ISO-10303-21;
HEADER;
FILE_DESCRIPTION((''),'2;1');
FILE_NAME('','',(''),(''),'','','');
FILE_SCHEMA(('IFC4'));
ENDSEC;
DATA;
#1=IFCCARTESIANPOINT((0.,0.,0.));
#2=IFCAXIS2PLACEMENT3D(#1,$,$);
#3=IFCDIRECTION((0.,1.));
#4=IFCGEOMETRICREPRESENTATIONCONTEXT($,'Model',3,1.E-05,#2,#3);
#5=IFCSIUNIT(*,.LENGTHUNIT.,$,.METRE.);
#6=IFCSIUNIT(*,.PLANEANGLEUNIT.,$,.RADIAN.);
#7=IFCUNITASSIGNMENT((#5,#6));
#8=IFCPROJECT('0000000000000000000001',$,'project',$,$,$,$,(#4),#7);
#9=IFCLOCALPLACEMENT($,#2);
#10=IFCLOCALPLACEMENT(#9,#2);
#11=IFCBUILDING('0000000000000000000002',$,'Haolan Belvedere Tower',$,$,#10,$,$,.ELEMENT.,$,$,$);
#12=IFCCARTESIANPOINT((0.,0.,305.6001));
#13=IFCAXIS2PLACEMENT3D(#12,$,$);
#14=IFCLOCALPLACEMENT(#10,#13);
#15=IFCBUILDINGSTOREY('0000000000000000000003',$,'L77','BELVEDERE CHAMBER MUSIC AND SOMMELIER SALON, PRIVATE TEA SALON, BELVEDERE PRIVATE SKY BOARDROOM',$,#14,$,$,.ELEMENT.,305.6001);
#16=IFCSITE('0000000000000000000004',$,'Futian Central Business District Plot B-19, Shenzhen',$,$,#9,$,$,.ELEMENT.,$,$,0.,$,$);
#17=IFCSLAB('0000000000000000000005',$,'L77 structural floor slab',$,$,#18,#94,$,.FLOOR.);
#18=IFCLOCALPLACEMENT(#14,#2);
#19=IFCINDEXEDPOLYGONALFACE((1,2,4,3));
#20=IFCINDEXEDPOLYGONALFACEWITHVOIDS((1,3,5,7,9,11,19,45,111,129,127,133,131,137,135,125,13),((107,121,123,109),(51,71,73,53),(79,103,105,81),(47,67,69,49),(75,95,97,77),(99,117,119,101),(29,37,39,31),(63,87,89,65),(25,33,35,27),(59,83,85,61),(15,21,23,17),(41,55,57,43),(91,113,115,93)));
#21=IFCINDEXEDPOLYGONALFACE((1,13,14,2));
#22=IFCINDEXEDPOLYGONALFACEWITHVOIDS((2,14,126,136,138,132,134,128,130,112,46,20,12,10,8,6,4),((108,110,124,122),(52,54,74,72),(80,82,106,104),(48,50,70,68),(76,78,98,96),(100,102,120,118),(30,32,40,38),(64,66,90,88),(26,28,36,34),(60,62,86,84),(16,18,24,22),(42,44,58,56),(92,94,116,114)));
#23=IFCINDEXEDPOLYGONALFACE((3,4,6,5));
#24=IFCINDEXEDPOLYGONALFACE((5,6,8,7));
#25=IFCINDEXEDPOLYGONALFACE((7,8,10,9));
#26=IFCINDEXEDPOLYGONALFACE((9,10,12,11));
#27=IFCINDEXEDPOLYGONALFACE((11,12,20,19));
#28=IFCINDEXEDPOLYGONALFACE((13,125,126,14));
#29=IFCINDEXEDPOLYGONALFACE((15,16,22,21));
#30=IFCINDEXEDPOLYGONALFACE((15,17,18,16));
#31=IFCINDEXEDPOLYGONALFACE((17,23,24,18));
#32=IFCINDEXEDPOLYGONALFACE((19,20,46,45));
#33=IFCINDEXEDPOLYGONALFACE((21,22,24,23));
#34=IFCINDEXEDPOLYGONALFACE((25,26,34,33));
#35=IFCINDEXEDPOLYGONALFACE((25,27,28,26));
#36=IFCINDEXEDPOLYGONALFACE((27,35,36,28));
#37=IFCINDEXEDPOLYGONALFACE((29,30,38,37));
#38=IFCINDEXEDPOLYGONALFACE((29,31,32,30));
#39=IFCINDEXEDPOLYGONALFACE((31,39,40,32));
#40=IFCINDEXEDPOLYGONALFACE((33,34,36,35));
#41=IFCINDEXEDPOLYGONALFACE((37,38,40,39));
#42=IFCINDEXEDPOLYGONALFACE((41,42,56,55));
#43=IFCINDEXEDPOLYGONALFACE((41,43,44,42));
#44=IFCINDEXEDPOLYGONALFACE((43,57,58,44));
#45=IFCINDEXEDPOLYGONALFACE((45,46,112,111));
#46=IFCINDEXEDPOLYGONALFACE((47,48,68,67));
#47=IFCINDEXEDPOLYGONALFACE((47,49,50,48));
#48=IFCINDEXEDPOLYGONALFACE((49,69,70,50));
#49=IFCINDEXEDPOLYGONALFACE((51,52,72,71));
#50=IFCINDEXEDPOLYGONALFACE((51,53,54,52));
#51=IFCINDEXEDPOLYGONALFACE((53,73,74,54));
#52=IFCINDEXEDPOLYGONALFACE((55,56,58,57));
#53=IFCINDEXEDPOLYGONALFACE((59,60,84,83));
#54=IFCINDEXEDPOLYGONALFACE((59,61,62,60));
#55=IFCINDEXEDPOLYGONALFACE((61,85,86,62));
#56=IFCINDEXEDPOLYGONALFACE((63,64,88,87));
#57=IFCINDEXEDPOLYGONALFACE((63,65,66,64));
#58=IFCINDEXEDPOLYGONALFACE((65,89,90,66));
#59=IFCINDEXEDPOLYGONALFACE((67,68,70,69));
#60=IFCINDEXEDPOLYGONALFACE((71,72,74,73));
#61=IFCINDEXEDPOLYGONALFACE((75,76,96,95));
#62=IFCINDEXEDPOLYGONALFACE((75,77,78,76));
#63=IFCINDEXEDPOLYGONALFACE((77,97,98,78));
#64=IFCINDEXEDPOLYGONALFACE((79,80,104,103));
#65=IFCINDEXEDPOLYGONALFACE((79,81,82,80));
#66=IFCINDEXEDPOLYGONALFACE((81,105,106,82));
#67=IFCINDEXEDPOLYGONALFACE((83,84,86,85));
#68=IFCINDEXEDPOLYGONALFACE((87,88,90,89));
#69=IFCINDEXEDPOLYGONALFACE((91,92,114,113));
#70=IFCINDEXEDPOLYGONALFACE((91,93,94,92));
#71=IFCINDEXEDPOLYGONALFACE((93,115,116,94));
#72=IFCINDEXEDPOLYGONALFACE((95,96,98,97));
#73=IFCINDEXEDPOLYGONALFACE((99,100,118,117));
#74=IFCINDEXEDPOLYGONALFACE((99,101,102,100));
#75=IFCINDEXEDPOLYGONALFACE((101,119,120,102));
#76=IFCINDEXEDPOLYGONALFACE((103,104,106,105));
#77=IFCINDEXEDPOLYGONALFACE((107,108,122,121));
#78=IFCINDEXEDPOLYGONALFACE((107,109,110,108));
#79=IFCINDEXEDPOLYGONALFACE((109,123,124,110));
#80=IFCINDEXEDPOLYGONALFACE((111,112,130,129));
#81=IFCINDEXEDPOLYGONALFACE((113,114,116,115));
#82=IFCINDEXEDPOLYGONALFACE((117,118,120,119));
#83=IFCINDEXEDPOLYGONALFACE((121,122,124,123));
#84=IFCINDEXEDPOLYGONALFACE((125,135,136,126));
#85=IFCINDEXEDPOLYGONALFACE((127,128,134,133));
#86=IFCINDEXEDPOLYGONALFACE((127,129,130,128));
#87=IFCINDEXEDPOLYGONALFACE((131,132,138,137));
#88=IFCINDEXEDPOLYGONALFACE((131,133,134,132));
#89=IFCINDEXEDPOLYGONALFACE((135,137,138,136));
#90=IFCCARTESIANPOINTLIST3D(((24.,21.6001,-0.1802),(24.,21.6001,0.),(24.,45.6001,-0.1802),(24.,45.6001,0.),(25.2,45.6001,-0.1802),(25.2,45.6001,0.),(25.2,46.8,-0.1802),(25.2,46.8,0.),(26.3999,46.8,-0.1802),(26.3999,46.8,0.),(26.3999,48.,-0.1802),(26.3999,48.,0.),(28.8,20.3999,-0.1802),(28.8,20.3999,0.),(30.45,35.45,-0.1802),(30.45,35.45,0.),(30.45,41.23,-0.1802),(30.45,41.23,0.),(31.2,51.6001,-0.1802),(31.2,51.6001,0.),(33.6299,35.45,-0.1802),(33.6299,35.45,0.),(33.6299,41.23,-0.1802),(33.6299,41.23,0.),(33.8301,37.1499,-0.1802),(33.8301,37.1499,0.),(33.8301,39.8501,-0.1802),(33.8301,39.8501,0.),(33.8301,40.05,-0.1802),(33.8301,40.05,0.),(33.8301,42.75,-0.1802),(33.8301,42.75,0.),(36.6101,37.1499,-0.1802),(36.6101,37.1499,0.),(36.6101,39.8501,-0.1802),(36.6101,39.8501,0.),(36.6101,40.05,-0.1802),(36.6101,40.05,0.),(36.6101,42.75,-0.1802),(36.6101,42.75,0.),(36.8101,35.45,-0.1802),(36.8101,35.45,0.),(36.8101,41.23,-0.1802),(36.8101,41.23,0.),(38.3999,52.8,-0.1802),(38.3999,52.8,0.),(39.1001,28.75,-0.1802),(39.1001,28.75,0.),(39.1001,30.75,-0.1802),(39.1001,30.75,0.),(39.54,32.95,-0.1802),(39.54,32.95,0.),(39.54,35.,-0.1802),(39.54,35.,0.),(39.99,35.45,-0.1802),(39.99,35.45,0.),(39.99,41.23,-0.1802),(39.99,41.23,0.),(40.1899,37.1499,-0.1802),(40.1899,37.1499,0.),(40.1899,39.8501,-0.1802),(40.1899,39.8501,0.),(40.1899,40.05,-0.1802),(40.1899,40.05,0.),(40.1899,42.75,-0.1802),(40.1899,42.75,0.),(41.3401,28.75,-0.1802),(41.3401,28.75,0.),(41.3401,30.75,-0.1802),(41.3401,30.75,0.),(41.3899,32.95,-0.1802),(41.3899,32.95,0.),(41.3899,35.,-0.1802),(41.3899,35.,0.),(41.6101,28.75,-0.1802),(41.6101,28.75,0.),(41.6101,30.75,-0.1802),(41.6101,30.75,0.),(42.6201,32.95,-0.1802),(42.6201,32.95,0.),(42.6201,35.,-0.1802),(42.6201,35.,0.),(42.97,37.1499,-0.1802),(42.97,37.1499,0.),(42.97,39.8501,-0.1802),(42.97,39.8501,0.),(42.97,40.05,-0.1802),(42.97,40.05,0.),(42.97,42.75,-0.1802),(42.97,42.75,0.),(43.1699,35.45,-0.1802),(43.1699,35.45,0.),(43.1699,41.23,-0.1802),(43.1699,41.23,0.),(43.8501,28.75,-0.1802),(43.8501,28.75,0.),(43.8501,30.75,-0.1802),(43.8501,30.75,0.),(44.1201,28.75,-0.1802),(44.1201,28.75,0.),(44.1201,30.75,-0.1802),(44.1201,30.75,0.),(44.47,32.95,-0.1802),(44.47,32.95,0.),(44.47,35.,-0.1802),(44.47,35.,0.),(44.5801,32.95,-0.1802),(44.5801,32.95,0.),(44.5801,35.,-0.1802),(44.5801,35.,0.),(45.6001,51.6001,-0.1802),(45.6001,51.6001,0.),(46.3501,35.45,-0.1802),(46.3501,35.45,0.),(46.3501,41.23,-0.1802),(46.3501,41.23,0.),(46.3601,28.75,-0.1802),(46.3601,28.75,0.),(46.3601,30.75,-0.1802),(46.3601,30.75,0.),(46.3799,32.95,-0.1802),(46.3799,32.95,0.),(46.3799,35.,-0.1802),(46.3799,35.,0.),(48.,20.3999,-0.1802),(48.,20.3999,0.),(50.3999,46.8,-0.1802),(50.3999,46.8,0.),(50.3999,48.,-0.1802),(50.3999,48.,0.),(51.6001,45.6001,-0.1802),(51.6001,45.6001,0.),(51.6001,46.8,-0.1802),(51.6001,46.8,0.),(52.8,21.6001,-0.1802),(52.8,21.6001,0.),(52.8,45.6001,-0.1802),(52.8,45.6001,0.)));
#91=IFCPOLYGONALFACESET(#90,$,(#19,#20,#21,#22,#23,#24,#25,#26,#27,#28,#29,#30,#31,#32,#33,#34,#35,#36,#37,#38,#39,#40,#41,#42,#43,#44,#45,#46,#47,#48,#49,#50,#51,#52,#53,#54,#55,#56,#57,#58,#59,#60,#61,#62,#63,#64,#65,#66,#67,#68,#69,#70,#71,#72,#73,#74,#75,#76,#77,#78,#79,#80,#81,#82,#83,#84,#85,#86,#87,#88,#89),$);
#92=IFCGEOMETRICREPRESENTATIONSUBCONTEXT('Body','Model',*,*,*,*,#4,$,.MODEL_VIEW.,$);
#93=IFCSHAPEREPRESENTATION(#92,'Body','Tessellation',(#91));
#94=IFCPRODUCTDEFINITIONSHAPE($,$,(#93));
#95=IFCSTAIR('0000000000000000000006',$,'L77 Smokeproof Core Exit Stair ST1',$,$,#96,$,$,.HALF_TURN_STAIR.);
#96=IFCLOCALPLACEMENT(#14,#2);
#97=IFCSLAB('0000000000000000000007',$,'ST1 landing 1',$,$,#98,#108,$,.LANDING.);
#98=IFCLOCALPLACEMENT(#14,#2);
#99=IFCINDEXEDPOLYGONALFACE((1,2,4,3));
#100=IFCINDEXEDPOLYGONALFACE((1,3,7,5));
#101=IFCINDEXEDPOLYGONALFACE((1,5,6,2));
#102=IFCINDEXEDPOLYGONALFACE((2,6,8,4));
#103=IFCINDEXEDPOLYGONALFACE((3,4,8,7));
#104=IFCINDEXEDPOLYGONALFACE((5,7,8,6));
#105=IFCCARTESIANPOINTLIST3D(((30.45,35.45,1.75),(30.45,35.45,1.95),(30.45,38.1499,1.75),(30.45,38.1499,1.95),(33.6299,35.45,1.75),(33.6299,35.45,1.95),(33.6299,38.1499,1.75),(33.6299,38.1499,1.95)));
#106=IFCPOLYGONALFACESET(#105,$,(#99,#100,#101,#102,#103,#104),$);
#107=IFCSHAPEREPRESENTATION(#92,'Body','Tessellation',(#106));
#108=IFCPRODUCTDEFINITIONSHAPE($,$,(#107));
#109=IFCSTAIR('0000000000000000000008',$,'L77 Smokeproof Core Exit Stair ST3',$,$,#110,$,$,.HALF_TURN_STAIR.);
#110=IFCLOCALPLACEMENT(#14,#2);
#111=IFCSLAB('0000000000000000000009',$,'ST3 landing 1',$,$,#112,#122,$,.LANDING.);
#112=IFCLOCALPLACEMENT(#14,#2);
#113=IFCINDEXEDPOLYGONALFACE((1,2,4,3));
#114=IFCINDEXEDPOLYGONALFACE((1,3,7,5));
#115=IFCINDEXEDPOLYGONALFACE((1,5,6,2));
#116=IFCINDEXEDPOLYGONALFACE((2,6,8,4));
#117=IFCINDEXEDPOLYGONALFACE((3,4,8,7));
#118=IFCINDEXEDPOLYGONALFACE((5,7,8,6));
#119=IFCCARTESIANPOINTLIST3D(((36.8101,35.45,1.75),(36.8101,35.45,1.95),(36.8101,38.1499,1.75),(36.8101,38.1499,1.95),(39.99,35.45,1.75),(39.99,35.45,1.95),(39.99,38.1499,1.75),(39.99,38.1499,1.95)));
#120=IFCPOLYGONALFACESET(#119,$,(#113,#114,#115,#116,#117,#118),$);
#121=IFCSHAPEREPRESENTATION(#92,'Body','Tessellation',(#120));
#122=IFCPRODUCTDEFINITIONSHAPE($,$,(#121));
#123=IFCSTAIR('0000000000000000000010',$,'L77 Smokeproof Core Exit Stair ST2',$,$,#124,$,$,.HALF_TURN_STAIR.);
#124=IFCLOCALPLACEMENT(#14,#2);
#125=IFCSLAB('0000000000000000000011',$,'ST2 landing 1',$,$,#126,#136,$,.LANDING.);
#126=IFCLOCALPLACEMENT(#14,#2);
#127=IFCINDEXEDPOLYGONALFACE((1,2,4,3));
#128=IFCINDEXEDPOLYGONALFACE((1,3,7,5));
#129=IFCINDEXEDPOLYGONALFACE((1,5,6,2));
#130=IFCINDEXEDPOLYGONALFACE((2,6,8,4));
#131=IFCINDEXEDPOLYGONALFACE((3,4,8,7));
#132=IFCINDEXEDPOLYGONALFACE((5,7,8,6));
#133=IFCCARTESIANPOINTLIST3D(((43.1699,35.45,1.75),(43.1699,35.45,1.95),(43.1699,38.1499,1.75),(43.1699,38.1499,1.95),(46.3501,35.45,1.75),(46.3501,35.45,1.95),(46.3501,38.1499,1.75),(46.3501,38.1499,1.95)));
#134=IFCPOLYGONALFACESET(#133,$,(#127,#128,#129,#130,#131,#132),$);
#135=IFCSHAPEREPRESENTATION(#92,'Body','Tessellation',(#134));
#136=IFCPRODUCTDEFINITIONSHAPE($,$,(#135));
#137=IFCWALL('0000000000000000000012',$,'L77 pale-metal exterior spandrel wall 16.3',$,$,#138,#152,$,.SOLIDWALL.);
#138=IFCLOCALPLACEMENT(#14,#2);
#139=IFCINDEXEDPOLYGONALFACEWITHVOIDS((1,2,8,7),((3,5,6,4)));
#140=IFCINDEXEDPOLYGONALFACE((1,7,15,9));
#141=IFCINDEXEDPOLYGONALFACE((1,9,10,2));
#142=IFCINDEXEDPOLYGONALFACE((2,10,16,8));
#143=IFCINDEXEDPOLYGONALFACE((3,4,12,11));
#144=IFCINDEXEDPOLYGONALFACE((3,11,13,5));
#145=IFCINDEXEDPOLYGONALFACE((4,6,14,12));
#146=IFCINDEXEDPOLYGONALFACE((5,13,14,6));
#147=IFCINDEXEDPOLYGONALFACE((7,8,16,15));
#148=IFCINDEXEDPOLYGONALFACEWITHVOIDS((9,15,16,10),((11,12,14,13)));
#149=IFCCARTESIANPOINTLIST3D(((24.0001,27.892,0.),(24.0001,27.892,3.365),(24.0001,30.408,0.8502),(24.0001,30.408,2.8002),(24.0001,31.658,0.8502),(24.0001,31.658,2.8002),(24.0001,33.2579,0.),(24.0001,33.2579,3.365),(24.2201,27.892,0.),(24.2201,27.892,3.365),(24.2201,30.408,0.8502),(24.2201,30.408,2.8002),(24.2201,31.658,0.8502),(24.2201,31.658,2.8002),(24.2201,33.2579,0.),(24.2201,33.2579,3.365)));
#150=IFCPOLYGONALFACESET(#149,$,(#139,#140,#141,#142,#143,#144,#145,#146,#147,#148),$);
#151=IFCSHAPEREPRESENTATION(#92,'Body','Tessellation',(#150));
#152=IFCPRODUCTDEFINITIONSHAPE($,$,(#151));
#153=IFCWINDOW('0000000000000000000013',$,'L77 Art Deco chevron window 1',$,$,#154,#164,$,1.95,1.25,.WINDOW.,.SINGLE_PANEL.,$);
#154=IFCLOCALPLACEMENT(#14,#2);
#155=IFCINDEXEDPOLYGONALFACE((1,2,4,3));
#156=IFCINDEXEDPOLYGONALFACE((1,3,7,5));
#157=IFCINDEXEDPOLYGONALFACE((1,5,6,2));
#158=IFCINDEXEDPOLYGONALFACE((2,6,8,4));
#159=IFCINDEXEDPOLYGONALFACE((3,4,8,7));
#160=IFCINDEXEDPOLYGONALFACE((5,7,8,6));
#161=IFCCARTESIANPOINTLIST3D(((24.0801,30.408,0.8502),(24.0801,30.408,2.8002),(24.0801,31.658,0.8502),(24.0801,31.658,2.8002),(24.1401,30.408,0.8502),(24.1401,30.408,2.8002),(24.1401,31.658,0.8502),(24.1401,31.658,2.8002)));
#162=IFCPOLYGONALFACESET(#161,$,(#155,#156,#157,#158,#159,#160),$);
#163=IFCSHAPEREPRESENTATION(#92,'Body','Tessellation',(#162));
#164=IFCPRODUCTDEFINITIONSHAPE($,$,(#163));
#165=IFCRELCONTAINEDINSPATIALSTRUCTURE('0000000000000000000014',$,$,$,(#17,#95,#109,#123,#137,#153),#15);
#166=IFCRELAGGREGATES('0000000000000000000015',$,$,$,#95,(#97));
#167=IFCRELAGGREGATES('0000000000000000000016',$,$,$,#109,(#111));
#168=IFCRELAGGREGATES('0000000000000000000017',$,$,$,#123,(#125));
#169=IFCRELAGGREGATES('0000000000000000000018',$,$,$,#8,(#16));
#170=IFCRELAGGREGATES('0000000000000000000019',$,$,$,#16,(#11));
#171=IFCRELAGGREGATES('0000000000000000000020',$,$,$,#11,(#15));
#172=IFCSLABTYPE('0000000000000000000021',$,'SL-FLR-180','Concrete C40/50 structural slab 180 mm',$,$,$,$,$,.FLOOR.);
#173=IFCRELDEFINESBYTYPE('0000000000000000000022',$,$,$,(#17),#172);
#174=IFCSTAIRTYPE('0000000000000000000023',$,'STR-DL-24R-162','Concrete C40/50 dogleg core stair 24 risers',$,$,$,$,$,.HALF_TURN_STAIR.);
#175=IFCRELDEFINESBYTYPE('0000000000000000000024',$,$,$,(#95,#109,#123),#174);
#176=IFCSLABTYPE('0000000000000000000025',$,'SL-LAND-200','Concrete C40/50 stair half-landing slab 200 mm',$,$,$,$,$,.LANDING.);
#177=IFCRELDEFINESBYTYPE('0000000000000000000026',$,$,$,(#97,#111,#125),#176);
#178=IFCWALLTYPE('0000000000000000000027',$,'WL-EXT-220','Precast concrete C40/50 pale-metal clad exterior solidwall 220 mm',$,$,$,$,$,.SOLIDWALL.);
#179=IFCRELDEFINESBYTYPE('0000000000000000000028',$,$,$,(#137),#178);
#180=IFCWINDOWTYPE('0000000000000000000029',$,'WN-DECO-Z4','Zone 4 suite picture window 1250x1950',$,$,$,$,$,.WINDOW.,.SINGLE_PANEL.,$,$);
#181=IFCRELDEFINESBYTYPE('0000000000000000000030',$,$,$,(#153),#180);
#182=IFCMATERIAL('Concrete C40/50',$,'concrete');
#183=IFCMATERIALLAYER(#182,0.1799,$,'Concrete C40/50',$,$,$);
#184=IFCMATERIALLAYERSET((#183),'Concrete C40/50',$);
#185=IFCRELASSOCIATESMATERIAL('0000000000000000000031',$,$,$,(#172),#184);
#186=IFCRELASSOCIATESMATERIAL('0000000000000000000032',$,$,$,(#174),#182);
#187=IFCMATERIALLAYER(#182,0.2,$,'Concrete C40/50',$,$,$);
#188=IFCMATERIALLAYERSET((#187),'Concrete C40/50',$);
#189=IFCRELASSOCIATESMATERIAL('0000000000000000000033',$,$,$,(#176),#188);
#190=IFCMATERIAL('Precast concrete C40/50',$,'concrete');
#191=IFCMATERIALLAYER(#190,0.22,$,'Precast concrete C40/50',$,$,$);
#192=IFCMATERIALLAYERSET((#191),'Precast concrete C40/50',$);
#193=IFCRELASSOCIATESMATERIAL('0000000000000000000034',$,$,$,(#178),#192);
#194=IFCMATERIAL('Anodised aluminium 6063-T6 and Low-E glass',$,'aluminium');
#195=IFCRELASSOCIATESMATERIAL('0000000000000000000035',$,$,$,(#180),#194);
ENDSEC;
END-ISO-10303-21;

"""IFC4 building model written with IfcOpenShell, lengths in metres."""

from ifc_helpers import new_model, si_unit, direction, frame, frame_2d, origin, place, context, subcontext, project, spatial, polyline, rectangle, outline, extrude, material, layer, layer_set, type_object, element, fill, aggregate, save


model = new_model("IFC4")

# Units and contexts
model_context = context("Model", 3, precision=1e-05, world=origin(), true_north=direction((0.0, 1.0)))
body_context = subcontext(model_context, "Body", "Model", "MODEL_VIEW")
ifc_project = project(units=[si_unit("LENGTHUNIT", "METRE"), si_unit("PLANEANGLEUNIT", "RADIAN")], contexts=[model_context])

# Site, building, storey
site_placement = place(None, origin())
site = spatial("IfcSite", under=ifc_project, at=site_placement, Name="Futian Central Business District Plot B-19, Shenzhen", CompositionType="ELEMENT", RefElevation=0.0)
building_placement = place(site_placement, origin())
building = spatial("IfcBuilding", under=site, at=building_placement, Name="Haolan Belvedere Tower", CompositionType="ELEMENT")
storey_placement = place(building_placement, frame((0.0, 0.0, 305.6001)))
storey = spatial("IfcBuildingStorey", under=building, at=storey_placement, Name="L77", Description="BELVEDERE CHAMBER MUSIC AND SOMMELIER SALON, PRIVATE TEA SALON, BELVEDERE PRIVATE SKY BOARDROOM", CompositionType="ELEMENT", Elevation=305.6001)

# Slab
ifc_material_1 = material(Name="Concrete C40/50", Category="concrete")
ifc_layer_1 = layer(ifc_material_1, 0.1799, Name="Concrete C40/50")
ifc_layer_set_1 = layer_set([ifc_layer_1], Name="Concrete C40/50")
slab_type_1 = type_object("IfcSlabType", Name="SL-FLR-180", Description="Concrete C40/50 structural slab 180 mm", PredefinedType="FLOOR", material=ifc_layer_set_1)
slab_1_placement = place(storey_placement, frame((0.0, 0.0, -0.1802)))
element("IfcSlab", 1, at=slab_1_placement, inside=storey, type_object=slab_type_1, Name="L77 structural floor slab", PredefinedType="FLOOR", context=body_context, shape_type="SweptSolid", body=[
    extrude(outline(polyline([(24.0, 21.6001), (28.8, 20.3999), (48.0, 20.3999), (52.8, 21.6001), (52.8, 45.6001), (52.8, 45.6001), (51.6001, 45.6001), (51.6001, 46.8), (50.3999, 46.8), (50.3999, 48.0), (45.6001, 51.6001), (38.3999, 52.8), (31.2, 51.6001), (26.3999, 48.0), (26.3999, 46.8), (25.2, 46.8), (25.2, 45.6001), (24.0, 45.6001), (24.0, 45.6001), (24.0, 21.6001)]), holes=[polyline([(30.45, 41.23), (30.45, 35.45), (33.6299, 35.45), (33.6299, 41.23), (30.45, 41.23)]), polyline([(36.8101, 41.23), (36.8101, 35.45), (39.99, 35.45), (39.99, 41.23), (36.8101, 41.23)]), polyline([(43.1699, 41.23), (43.1699, 35.45), (46.3501, 35.45), (46.3501, 41.23), (43.1699, 41.23)]), polyline([(33.8301, 40.05), (36.6101, 40.05), (36.6101, 42.75), (33.8301, 42.75), (33.8301, 40.05)]), polyline([(33.8301, 37.1499), (36.6101, 37.1499), (36.6101, 39.8501), (33.8301, 39.8501), (33.8301, 37.1499)]), polyline([(40.1899, 40.05), (42.97, 40.05), (42.97, 42.75), (40.1899, 42.75), (40.1899, 40.05)]), polyline([(40.1899, 37.1499), (42.97, 37.1499), (42.97, 39.8501), (40.1899, 39.8501), (40.1899, 37.1499)]), polyline([(39.54, 32.95), (41.3899, 32.95), (41.3899, 35.0), (39.54, 35.0), (39.54, 32.95)]), polyline([(42.6201, 32.95), (44.47, 32.95), (44.47, 35.0), (42.6201, 35.0), (42.6201, 32.95)]), polyline([(44.5801, 32.95), (46.3799, 32.95), (46.3799, 35.0), (44.5801, 35.0), (44.5801, 32.95)]), polyline([(39.1001, 28.75), (41.3401, 28.75), (41.3401, 30.75), (39.1001, 30.75), (39.1001, 28.75)]), polyline([(41.6101, 28.75), (43.8501, 28.75), (43.8501, 30.75), (41.6101, 30.75), (41.6101, 28.75)]), polyline([(44.1201, 28.75), (46.3601, 28.75), (46.3601, 30.75), (44.1201, 30.75), (44.1201, 28.75)])]), origin(), (0.0, 0.0, 1.0), 0.1802),
])

# Stairs, slabs
stair_type = type_object("IfcStairType", Name="STR-DL-24R-162", Description="Concrete C40/50 dogleg core stair 24 risers", PredefinedType="HALF_TURN_STAIR", material=ifc_material_1)
stair_1_placement = place(storey_placement, origin())
stair_1 = element("IfcStair", 2, at=stair_1_placement, inside=storey, type_object=stair_type, Name="L77 Smokeproof Core Exit Stair ST1", PredefinedType="HALF_TURN_STAIR")
ifc_layer_2 = layer(ifc_material_1, 0.2, Name="Concrete C40/50")
ifc_layer_set_2 = layer_set([ifc_layer_2], Name="Concrete C40/50")
slab_type_2 = type_object("IfcSlabType", Name="SL-LAND-200", Description="Concrete C40/50 stair half-landing slab 200 mm", PredefinedType="LANDING", material=ifc_layer_set_2)
slab_2_placement = place(storey_placement, frame((0.0, 0.0, 1.75)))
slab_2 = element("IfcSlab", 3, at=slab_2_placement, type_object=slab_type_2, Name="ST1 landing 1", PredefinedType="LANDING", context=body_context, shape_type="SweptSolid", body=[
    extrude(outline(polyline([(30.45, 38.1499), (30.45, 35.45), (33.6299, 35.45), (33.6299, 38.1499), (30.45, 38.1499)])), origin(), (0.0, 0.0, 1.0), 0.2),
])
aggregate(stair_1, [slab_2])
stair_2_placement = place(storey_placement, origin())
stair_2 = element("IfcStair", 4, at=stair_2_placement, inside=storey, type_object=stair_type, Name="L77 Smokeproof Core Exit Stair ST3", PredefinedType="HALF_TURN_STAIR")
slab_3_placement = place(storey_placement, frame((0.0, 0.0, 1.75)))
slab_3 = element("IfcSlab", 5, at=slab_3_placement, type_object=slab_type_2, Name="ST3 landing 1", PredefinedType="LANDING", context=body_context, shape_type="SweptSolid", body=[
    extrude(outline(polyline([(36.8101, 38.1499), (36.8101, 35.45), (39.99, 35.45), (39.99, 38.1499), (36.8101, 38.1499)])), origin(), (0.0, 0.0, 1.0), 0.2),
])
aggregate(stair_2, [slab_3])
stair_3_placement = place(storey_placement, origin())
stair_3 = element("IfcStair", 6, at=stair_3_placement, inside=storey, type_object=stair_type, Name="L77 Smokeproof Core Exit Stair ST2", PredefinedType="HALF_TURN_STAIR")
slab_4_placement = place(storey_placement, frame((0.0, 0.0, 1.75)))
slab_4 = element("IfcSlab", 7, at=slab_4_placement, type_object=slab_type_2, Name="ST2 landing 1", PredefinedType="LANDING", context=body_context, shape_type="SweptSolid", body=[
    extrude(outline(polyline([(43.1699, 38.1499), (43.1699, 35.45), (46.3501, 35.45), (46.3501, 38.1499), (43.1699, 38.1499)])), origin(), (0.0, 0.0, 1.0), 0.2),
])
aggregate(stair_3, [slab_4])

# Wall, opening, window
ifc_material_2 = material(Name="Precast concrete C40/50", Category="concrete")
ifc_layer_3 = layer(ifc_material_2, 0.22, Name="Precast concrete C40/50")
ifc_layer_set_3 = layer_set([ifc_layer_3], Name="Precast concrete C40/50")
wall_type_1 = type_object("IfcWallType", Name="WL-EXT-220", Description="Precast concrete C40/50 pale-metal clad exterior solidwall 220 mm", PredefinedType="SOLIDWALL", material=ifc_layer_set_3)
wall_1_placement = place(storey_placement, frame((24.1101, 33.2581, 0.0), z_axis=(0.0, 0.0, 1.0), x_axis=(0.0, -1.0, 0.0)))
wall_1 = element("IfcWall", 8, at=wall_1_placement, inside=storey, type_object=wall_type_1, Name="L77 pale-metal exterior spandrel wall 16.3", PredefinedType="SOLIDWALL", context=body_context, shape_type="SweptSolid", body=[
    extrude(rectangle(XDim=5.366, YDim=0.22, at=frame_2d((2.6831, 0.0))), origin(), (0.0, 0.0, 1.0), 3.365),
])
opening_1_placement = place(wall_1_placement, frame((1.6001, 0.0, 0.8501)))
opening_1 = element("IfcOpeningElement", 9, at=opening_1_placement, cuts=wall_1, PredefinedType="OPENING", context=body_context, shape_type="SweptSolid", body=[
    extrude(rectangle(XDim=1.25, YDim=1.95, at=frame_2d((0.625, 0.9751))), frame((0.0, 0.1199, 0.0), z_axis=(0.0, -1.0, 0.0), x_axis=(1.0, 0.0, 0.0)), (0.0, 0.0, 1.0), 0.24),
])
ifc_material_3 = material(Name="Anodised aluminium 6063-T6 and Low-E glass", Category="aluminium")
window_type = type_object("IfcWindowType", Name="WN-DECO-Z4", Description="Zone 4 suite picture window 1250x1950", PartitioningType="SINGLE_PANEL", PredefinedType="WINDOW", material=ifc_material_3)
window_1_placement = place(opening_1_placement, origin())
window_1 = element("IfcWindow", 10, at=window_1_placement, inside=storey, type_object=window_type, Name="L77 Art Deco chevron window 1", OverallHeight=1.95, OverallWidth=1.25, PartitioningType="SINGLE_PANEL", PredefinedType="WINDOW", context=body_context, shape_type="SweptSolid", body=[
    extrude(rectangle(XDim=1.25, YDim=1.95, at=frame_2d((0.625, 0.9751))), frame((0.0, 0.03, 0.0), z_axis=(0.0, -1.0, 0.0), x_axis=(1.0, 0.0, 0.0)), (0.0, 0.0, 1.0), 0.0601),
])
fill(opening_1, window_1)

save(model, "model.ifc")
